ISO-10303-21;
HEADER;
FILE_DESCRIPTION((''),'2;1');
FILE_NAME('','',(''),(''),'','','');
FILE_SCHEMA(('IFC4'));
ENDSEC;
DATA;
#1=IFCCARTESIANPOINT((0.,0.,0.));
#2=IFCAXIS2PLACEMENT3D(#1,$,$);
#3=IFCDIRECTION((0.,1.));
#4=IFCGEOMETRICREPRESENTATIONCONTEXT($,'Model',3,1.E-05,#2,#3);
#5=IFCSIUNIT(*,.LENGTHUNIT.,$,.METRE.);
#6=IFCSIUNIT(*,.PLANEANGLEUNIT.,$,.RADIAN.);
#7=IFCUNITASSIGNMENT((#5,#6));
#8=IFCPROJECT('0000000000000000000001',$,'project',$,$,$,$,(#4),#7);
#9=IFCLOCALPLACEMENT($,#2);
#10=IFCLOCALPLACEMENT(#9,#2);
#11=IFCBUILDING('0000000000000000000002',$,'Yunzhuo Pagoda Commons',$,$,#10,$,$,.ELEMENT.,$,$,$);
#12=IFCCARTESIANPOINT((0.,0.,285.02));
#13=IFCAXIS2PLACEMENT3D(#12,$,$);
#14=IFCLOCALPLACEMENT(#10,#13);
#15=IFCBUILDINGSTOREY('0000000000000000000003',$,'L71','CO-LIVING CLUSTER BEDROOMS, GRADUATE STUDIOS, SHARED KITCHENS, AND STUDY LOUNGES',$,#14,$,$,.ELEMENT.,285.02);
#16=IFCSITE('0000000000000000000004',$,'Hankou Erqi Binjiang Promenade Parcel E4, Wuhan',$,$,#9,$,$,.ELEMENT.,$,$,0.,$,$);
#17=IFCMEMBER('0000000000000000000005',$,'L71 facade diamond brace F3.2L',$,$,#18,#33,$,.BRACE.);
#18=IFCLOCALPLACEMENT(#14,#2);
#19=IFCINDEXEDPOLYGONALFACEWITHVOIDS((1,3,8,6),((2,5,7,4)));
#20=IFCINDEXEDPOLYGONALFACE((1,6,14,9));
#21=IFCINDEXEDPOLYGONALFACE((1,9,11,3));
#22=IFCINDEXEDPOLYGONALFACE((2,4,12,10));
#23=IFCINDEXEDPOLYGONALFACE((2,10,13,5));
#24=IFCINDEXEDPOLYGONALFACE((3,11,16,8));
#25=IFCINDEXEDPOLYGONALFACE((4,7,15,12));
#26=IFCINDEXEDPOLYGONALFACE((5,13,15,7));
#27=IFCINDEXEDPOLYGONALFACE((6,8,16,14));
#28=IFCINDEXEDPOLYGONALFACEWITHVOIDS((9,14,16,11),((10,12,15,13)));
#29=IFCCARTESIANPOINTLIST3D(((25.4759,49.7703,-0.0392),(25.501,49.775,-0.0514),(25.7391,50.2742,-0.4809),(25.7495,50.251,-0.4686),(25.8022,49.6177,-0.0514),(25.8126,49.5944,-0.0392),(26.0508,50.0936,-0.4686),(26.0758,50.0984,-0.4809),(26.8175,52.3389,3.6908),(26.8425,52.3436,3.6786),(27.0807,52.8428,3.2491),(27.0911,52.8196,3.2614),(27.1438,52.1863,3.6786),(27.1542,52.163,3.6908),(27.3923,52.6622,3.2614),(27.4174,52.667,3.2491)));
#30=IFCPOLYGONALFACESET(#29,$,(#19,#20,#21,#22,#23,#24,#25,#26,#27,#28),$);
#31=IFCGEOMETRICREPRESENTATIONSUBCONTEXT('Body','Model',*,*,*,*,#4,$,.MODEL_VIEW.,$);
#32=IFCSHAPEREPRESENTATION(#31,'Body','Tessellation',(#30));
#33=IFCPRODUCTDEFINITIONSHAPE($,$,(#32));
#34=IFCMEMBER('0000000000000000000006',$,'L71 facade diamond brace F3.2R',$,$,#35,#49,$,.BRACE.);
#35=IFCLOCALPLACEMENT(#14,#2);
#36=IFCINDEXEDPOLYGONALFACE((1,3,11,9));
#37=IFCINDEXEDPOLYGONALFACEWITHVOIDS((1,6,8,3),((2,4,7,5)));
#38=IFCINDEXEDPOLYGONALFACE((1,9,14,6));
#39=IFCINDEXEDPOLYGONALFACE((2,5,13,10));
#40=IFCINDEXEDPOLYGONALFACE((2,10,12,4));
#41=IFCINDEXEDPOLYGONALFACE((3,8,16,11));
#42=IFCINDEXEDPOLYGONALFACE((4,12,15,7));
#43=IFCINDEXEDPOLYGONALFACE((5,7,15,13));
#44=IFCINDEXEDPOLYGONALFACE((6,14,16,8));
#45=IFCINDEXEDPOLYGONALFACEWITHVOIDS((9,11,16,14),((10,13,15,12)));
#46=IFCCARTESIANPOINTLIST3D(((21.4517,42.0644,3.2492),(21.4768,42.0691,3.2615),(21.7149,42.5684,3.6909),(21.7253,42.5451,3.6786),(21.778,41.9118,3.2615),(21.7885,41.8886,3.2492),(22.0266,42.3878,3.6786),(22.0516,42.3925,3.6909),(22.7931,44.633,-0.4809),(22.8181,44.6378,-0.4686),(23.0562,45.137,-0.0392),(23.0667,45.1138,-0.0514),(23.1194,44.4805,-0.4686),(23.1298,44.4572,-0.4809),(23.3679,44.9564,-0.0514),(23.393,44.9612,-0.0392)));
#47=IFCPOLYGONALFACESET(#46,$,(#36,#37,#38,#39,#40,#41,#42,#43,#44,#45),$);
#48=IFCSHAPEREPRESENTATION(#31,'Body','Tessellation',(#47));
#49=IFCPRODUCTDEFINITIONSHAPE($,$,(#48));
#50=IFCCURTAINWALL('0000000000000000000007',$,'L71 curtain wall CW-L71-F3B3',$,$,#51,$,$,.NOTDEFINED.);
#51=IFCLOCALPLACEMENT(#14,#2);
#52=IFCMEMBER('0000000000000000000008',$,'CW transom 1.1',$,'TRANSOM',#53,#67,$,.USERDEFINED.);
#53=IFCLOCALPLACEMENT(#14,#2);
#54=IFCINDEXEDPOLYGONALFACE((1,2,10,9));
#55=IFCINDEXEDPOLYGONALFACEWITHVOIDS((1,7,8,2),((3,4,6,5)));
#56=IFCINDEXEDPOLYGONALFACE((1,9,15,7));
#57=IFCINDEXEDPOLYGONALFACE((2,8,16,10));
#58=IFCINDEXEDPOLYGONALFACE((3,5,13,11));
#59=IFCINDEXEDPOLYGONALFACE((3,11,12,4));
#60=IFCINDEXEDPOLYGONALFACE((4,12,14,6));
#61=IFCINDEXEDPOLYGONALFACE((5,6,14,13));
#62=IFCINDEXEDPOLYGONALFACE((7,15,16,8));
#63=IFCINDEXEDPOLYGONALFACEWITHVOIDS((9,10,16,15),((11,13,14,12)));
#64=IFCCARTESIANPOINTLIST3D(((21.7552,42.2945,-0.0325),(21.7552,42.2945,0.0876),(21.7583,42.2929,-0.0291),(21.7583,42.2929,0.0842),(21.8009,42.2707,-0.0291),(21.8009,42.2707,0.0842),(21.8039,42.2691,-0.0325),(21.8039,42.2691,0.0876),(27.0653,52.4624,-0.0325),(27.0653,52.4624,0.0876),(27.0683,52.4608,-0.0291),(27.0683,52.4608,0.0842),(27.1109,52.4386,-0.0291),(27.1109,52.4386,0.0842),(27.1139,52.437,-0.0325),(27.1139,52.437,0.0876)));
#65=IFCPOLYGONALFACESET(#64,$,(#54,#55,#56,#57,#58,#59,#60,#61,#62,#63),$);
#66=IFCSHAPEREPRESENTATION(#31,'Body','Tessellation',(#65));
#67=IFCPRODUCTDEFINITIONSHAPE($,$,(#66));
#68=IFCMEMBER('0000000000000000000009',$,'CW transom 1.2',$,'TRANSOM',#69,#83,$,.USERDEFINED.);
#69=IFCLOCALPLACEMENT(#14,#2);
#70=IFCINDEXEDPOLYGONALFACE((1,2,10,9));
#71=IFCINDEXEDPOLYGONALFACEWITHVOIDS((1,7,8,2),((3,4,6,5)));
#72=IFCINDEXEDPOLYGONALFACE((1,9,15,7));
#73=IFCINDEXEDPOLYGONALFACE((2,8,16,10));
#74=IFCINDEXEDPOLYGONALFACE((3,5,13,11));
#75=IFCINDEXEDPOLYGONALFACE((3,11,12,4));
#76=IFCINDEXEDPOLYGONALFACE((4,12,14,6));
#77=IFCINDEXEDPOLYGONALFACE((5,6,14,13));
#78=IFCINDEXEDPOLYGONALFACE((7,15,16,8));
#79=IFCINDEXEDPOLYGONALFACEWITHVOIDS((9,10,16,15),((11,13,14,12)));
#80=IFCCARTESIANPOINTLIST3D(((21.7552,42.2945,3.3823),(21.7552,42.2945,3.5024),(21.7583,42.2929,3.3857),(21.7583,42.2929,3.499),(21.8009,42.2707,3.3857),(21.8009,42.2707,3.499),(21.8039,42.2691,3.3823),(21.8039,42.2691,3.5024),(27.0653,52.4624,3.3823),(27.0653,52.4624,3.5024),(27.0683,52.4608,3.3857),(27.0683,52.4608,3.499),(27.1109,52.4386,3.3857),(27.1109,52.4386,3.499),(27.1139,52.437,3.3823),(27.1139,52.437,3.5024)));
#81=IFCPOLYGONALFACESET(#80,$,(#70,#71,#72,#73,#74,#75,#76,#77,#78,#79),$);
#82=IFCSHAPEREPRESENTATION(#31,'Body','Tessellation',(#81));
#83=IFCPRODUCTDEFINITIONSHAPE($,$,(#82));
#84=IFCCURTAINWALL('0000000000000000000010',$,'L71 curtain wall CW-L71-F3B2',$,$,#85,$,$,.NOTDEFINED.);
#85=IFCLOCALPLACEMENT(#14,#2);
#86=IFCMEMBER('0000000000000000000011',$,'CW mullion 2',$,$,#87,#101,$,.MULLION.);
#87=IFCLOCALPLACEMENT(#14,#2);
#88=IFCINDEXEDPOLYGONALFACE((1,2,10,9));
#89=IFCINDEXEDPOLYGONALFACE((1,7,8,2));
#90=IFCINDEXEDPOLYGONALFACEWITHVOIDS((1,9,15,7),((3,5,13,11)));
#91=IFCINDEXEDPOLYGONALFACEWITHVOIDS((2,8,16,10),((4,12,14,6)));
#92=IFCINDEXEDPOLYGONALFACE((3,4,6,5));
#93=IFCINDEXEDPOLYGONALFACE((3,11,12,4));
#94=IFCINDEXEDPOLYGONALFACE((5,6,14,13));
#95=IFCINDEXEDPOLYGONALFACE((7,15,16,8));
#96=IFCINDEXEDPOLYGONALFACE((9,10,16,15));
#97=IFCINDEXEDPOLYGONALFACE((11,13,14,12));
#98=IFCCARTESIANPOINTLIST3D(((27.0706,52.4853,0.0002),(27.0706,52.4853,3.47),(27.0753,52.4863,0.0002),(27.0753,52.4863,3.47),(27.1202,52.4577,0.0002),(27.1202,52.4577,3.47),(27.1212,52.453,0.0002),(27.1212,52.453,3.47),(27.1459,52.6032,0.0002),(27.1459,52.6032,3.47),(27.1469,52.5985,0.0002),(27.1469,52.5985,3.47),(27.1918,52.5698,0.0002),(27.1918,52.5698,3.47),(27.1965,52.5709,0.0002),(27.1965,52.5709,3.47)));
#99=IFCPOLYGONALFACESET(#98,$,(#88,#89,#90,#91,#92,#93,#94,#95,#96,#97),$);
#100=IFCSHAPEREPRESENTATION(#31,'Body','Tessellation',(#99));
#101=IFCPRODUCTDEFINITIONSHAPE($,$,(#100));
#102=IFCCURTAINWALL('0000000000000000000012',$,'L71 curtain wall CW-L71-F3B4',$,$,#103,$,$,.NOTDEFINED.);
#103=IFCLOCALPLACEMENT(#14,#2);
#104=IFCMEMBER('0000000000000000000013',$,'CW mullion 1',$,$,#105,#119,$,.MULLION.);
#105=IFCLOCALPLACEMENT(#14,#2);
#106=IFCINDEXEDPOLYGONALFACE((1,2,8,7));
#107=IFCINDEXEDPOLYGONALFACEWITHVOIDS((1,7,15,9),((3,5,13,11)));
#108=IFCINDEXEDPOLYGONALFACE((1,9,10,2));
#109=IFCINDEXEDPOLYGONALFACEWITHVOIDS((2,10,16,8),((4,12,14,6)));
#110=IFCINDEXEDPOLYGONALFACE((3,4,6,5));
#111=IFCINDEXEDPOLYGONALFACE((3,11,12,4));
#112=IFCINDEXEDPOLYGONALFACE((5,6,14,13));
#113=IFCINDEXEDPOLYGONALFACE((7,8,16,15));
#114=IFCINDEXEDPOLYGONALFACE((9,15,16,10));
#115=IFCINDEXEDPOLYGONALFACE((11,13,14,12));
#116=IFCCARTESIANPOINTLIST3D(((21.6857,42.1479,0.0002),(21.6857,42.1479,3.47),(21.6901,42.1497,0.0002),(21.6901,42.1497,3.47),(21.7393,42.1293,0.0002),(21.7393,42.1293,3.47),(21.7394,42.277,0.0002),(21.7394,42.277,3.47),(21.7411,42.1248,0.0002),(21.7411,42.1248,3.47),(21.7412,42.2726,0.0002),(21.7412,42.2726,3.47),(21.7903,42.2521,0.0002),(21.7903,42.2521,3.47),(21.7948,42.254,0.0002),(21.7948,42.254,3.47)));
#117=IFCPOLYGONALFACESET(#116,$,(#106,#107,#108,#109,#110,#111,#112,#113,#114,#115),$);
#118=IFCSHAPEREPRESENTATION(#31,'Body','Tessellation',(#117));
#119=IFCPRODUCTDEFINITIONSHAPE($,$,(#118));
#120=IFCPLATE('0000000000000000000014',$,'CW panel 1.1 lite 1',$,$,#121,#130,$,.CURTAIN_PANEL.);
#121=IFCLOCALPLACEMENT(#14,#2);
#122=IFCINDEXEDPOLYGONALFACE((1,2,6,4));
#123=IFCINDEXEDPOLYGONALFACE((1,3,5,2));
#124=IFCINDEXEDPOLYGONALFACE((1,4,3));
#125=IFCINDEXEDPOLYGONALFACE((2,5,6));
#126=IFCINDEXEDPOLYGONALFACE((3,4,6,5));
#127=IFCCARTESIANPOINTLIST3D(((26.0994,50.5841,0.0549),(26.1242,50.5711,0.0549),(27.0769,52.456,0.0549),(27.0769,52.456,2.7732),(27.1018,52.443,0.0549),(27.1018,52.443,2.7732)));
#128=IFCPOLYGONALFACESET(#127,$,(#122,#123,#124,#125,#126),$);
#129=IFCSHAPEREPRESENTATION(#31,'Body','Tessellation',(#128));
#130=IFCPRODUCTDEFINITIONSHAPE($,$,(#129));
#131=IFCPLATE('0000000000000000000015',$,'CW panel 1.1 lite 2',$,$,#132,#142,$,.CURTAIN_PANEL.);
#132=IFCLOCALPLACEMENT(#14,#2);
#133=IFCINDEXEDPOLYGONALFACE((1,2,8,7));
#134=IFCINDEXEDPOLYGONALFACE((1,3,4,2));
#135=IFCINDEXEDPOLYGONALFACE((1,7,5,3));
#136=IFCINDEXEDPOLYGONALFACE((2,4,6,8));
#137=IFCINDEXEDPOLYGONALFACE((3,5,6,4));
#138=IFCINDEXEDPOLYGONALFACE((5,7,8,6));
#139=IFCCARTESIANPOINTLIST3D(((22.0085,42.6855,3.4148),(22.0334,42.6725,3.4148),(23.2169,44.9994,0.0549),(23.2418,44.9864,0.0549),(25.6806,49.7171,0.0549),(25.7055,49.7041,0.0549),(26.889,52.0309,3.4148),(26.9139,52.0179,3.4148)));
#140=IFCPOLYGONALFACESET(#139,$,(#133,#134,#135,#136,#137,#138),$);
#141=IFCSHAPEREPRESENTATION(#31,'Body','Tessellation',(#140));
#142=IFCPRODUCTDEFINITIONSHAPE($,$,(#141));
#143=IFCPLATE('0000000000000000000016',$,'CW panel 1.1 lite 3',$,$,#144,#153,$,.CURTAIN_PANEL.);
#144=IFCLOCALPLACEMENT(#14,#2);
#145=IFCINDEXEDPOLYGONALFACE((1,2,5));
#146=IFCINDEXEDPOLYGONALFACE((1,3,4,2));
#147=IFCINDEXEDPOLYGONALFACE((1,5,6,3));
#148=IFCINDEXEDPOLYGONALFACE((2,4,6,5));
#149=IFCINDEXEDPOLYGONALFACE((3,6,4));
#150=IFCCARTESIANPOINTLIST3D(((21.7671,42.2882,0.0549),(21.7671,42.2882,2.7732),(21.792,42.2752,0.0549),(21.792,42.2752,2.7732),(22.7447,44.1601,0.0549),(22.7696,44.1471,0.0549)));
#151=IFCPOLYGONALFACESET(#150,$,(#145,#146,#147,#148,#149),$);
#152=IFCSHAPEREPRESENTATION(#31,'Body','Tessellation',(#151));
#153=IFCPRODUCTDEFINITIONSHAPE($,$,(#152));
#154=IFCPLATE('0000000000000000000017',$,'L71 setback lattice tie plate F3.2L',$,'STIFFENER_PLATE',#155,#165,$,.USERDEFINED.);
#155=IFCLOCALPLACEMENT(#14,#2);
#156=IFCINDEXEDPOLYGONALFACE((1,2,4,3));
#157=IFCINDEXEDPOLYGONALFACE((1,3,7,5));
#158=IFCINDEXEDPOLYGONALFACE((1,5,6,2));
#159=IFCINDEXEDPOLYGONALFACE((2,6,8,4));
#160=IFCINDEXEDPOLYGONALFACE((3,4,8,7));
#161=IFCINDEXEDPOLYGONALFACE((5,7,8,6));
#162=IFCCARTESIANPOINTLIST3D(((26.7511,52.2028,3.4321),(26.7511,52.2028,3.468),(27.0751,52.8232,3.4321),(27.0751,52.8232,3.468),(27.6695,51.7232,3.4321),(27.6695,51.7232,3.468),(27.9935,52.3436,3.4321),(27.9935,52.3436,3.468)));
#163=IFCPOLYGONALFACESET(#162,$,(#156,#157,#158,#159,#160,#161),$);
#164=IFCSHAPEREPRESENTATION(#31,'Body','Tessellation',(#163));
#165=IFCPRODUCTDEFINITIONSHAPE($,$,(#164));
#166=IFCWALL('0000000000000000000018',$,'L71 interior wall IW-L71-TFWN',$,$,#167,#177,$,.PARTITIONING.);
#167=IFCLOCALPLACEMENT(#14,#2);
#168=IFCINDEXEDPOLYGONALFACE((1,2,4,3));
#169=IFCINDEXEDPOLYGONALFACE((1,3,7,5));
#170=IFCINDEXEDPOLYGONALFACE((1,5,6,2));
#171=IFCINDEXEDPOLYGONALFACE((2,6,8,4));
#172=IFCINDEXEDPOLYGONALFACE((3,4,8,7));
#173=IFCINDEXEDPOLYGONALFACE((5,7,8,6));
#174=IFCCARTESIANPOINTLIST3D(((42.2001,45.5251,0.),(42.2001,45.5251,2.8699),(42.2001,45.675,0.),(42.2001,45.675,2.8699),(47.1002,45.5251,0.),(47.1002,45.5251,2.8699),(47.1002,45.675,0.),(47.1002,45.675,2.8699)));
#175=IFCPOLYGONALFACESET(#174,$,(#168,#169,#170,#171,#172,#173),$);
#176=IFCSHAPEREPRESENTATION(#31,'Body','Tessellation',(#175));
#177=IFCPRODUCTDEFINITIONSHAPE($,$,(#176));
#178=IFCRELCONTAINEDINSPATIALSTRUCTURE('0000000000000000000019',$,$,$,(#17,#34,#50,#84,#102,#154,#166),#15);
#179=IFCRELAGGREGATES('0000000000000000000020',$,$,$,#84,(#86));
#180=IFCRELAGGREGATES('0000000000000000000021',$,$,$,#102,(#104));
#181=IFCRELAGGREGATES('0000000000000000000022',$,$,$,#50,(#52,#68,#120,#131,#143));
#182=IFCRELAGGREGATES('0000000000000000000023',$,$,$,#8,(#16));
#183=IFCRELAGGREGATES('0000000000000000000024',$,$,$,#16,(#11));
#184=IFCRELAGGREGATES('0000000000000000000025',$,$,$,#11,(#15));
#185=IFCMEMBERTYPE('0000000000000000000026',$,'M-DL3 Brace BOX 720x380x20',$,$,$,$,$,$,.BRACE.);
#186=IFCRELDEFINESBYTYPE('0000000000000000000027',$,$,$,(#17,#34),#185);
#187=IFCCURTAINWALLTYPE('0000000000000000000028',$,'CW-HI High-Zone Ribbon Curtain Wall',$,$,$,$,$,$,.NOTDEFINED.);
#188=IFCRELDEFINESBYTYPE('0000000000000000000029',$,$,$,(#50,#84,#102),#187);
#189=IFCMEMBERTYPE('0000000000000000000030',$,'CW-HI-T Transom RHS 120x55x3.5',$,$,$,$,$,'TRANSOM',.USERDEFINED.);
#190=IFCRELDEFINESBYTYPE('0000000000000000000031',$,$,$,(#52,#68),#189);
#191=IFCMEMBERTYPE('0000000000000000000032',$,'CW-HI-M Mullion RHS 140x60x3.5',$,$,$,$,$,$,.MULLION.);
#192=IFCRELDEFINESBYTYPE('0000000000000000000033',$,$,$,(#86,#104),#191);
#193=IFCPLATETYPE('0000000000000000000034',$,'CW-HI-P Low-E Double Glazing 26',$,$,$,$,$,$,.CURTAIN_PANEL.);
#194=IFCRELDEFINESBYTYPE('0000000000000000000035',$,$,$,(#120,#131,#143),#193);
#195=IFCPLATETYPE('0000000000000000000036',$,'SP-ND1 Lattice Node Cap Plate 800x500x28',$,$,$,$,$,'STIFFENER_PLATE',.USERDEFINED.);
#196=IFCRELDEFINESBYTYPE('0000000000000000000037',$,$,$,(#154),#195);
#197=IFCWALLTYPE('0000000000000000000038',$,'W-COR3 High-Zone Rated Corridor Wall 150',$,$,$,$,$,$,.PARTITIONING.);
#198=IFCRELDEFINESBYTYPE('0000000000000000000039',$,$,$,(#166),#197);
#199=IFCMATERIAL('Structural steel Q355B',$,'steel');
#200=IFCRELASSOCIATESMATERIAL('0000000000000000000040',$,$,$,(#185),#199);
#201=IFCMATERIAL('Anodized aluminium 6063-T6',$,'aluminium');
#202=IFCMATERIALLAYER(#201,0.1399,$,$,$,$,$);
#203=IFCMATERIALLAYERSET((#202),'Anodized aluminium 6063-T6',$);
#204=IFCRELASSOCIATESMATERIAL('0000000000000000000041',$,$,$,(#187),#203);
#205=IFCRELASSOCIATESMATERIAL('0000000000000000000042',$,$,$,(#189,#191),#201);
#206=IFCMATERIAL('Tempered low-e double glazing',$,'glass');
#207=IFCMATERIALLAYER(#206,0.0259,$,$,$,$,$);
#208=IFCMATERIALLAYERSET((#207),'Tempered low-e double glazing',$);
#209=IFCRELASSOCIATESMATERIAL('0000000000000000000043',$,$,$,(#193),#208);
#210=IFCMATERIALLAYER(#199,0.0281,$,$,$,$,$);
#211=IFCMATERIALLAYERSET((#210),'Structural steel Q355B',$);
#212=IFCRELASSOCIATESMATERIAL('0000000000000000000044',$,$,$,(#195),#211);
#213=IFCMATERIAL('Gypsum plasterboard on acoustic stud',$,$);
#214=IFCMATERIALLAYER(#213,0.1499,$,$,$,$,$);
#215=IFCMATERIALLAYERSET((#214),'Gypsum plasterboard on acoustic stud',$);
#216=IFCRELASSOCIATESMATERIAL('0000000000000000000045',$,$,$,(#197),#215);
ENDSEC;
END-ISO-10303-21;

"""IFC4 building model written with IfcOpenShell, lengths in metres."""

from ifc_helpers import new_model, si_unit, direction, frame, frame_2d, origin, origin_2d, place, context, subcontext, project, spatial, polyline, rectangle, hollow_rectangle, outline, extrude, source, transform, mapped, material, layer, layer_set, material_profile, profile_set, type_object, element, aggregate, save


model = new_model("IFC4")

# Units and contexts
model_context = context("Model", 3, precision=1e-05, world=origin(), true_north=direction((0.0, 1.0)))
body_context = subcontext(model_context, "Body", "Model", "MODEL_VIEW")
ifc_project = project(units=[si_unit("LENGTHUNIT", "METRE"), si_unit("PLANEANGLEUNIT", "RADIAN")], contexts=[model_context])

# Site, building, storey
site_placement = place(None, origin())
site = spatial("IfcSite", under=ifc_project, at=site_placement, Name="Hankou Erqi Binjiang Promenade Parcel E4, Wuhan", CompositionType="ELEMENT", RefElevation=0.0)
building_placement = place(site_placement, origin())
building = spatial("IfcBuilding", under=site, at=building_placement, Name="Yunzhuo Pagoda Commons", CompositionType="ELEMENT")
storey_placement = place(building_placement, frame((0.0, 0.0, 285.02)))
storey = spatial("IfcBuildingStorey", under=building, at=storey_placement, Name="L71", Description="CO-LIVING CLUSTER BEDROOMS, GRADUATE STUDIOS, SHARED KITCHENS, AND STUDY LOUNGES", CompositionType="ELEMENT", Elevation=285.02)

# Shared definitions
ifc_material_1 = material(Name="Structural steel Q355B", Category="steel")

# Members
ifc_material_profile_1 = material_profile(ifc_material_1, hollow_rectangle(XDim=0.3799, YDim=0.72, WallThickness=0.02, at=origin_2d()), Name="Structural steel Q355B")
ifc_profile_set_1 = profile_set([ifc_material_profile_1], Name="Structural steel Q355B")
member_type_1 = type_object("IfcMemberType", Name="M-DL3 Brace BOX 720x380x20", PredefinedType="BRACE", material=ifc_profile_set_1)
shared_shape_1 = source(origin(), body_context, "Body", "SweptSolid", [
    extrude(hollow_rectangle(XDim=0.3799, YDim=0.72, WallThickness=0.02, at=origin_2d()), origin(), (0.0, 0.0, 1.0), 4.7234),
])
for number, where, z_axis, x_axis, name in (
    (1, (25.7759, 49.9343, -0.26), (0.284024, 0.543807, 0.789686), (-0.886385, 0.462949, 0.0), "L71 facade diamond brace F3.2L"),
    (2, (23.093, 44.7971, -0.26), (-0.283977, -0.543815, 0.789698), (0.88642, -0.462883, 0.0), "L71 facade diamond brace F3.2R"),
):
    element("IfcMember", number, at=place(storey_placement, frame(where, z_axis=z_axis, x_axis=x_axis)), inside=storey, type_object=member_type_1, Name=name, PredefinedType="BRACE", context=body_context, shape_type="MappedRepresentation", body=[
        mapped(shared_shape_1, transform((0.0, 0.0, 0.0), scale=1.0)),
    ])

# Curtain wall, members
ifc_material_2 = material(Name="Anodized aluminium 6063-T6", Category="aluminium")
ifc_layer_1 = layer(ifc_material_2, 0.1399)
ifc_layer_set_1 = layer_set([ifc_layer_1], Name="Anodized aluminium 6063-T6")
curtain_wall_type = type_object("IfcCurtainWallType", Name="CW-HI High-Zone Ribbon Curtain Wall", PredefinedType="NOTDEFINED", material=ifc_layer_set_1)
curtain_wall_1_placement = place(storey_placement, origin())
curtain_wall_1 = element("IfcCurtainWall", 3, at=curtain_wall_1_placement, inside=storey, type_object=curtain_wall_type, Name="L71 curtain wall CW-L71-F3B3", PredefinedType="NOTDEFINED")
ifc_material_profile_2 = material_profile(ifc_material_2, hollow_rectangle(XDim=0.0549, YDim=0.1201, WallThickness=0.0034, at=origin_2d()), Name="Anodized aluminium 6063-T6")
ifc_profile_set_2 = profile_set([ifc_material_profile_2], Name="Anodized aluminium 6063-T6")
member_type_2 = type_object("IfcMemberType", Name="CW-HI-T Transom RHS 120x55x3.5", ElementType="TRANSOM", PredefinedType="USERDEFINED", material=ifc_profile_set_2)
shared_shape_2 = source(origin(), body_context, "Body", "SweptSolid", [
    extrude(hollow_rectangle(XDim=0.0549, YDim=0.1201, WallThickness=0.0034, at=origin_2d()), origin(), (0.0, 0.0, 1.0), 11.4709),
])
member_1_placement = place(storey_placement, frame((27.0896, 52.4497, 0.0276), z_axis=(-0.462911, -0.886405, 0.0), x_axis=(0.886405, -0.462911, 0.0)))
member_1 = element("IfcMember", 4, at=member_1_placement, type_object=member_type_2, Name="CW transom 1.1", ObjectType="TRANSOM", PredefinedType="USERDEFINED", context=body_context, shape_type="MappedRepresentation", body=[
    mapped(shared_shape_2, transform((0.0, 0.0, 0.0), scale=1.0)),
])
member_2_placement = place(storey_placement, frame((27.0896, 52.4497, 3.4424), z_axis=(-0.462911, -0.886405, 0.0), x_axis=(0.886405, -0.462911, 0.0)))
member_2 = element("IfcMember", 5, at=member_2_placement, type_object=member_type_2, Name="CW transom 1.2", ObjectType="TRANSOM", PredefinedType="USERDEFINED", context=body_context, shape_type="MappedRepresentation", body=[
    mapped(shared_shape_2, transform((0.0, 0.0, 0.0), scale=1.0)),
])

# Curtain walls, members
curtain_wall_2_placement = place(storey_placement, origin())
curtain_wall_2 = element("IfcCurtainWall", 6, at=curtain_wall_2_placement, inside=storey, type_object=curtain_wall_type, Name="L71 curtain wall CW-L71-F3B2", PredefinedType="NOTDEFINED")
ifc_material_profile_3 = material_profile(ifc_material_2, hollow_rectangle(XDim=0.0601, YDim=0.1399, WallThickness=0.0034, at=origin_2d()), Name="Anodized aluminium 6063-T6")
ifc_profile_set_3 = profile_set([ifc_material_profile_3], Name="Anodized aluminium 6063-T6")
member_type_3 = type_object("IfcMemberType", Name="CW-HI-M Mullion RHS 140x60x3.5", PredefinedType="MULLION", material=ifc_profile_set_3)
shared_shape_3 = source(origin(), body_context, "Body", "SweptSolid", [
    extrude(hollow_rectangle(XDim=0.0601, YDim=0.1399, WallThickness=0.0034, at=origin_2d()), origin(), (0.0, 0.0, 1.0), 3.4697),
])
member_3_placement = place(storey_placement, frame((27.1335, 52.5281, 0.0002), z_axis=(0.0, 0.0, 1.0), x_axis=(0.842779, -0.53826, 0.0)))
member_3 = element("IfcMember", 7, at=member_3_placement, type_object=member_type_3, Name="CW mullion 2", PredefinedType="MULLION", context=body_context, shape_type="MappedRepresentation", body=[
    mapped(shared_shape_3, transform((0.0, 0.0, 0.0), scale=1.0)),
])
aggregate(curtain_wall_2, [member_3])
curtain_wall_3_placement = place(storey_placement, origin())
curtain_wall_3 = element("IfcCurtainWall", 8, at=curtain_wall_3_placement, inside=storey, type_object=curtain_wall_type, Name="L71 curtain wall CW-L71-F3B4", PredefinedType="NOTDEFINED")
member_4_placement = place(storey_placement, frame((21.7402, 42.2009, 0.0002), z_axis=(0.0, 0.0, 1.0), x_axis=(0.923394, -0.383855, 0.0)))
member_4 = element("IfcMember", 9, at=member_4_placement, type_object=member_type_3, Name="CW mullion 1", PredefinedType="MULLION", context=body_context, shape_type="MappedRepresentation", body=[
    mapped(shared_shape_3, transform((0.0, 0.0, 0.0), scale=1.0)),
])
aggregate(curtain_wall_3, [member_4])

# Plates
ifc_material_3 = material(Name="Tempered low-e double glazing", Category="glass")
ifc_layer_2 = layer(ifc_material_3, 0.0259)
ifc_layer_set_2 = layer_set([ifc_layer_2], Name="Tempered low-e double glazing")
plate_type_1 = type_object("IfcPlateType", Name="CW-HI-P Low-E Double Glazing 26", PredefinedType="CURTAIN_PANEL", material=ifc_layer_set_2)
plate_1_placement = place(storey_placement, frame((26.613, 51.5071, 1.4141), z_axis=(-0.886404, 0.462912, 0.0), x_axis=(-0.462912, -0.886404, 0.0)))
plate_1 = element("IfcPlate", 10, at=plate_1_placement, type_object=plate_type_1, Name="CW panel 1.1 lite 1", PredefinedType="CURTAIN_PANEL", context=body_context, shape_type="SweptSolid", body=[
    extrude(outline(polyline([(-1.0559, -1.3591), (1.0559, -1.3591), (-1.0559, 1.3591), (-1.0559, -1.3591)])), origin(), (0.0, 0.0, 1.0), 0.0281),
])
plate_2_placement = place(storey_placement, frame((24.4736, 47.3452, 1.7349), z_axis=(-0.886404, 0.462912, 0.0), x_axis=(-0.462912, -0.886404, 0.0)))
plate_2 = element("IfcPlate", 11, at=plate_2_placement, type_object=plate_type_1, Name="CW panel 1.1 lite 2", PredefinedType="CURTAIN_PANEL", context=body_context, shape_type="SweptSolid", body=[
    extrude(outline(polyline([(-5.2715, 1.6799), (-2.6611, -1.6799), (2.6611, -1.6799), (5.2715, 1.6799), (-5.2715, 1.6799)])), origin(), (0.0, 0.0, 1.0), 0.0281),
])
plate_3_placement = place(storey_placement, frame((22.2808, 43.2112, 1.4141), z_axis=(-0.886404, 0.462912, 0.0), x_axis=(-0.462912, -0.886404, 0.0)))
plate_3 = element("IfcPlate", 12, at=plate_3_placement, type_object=plate_type_1, Name="CW panel 1.1 lite 3", PredefinedType="CURTAIN_PANEL", context=body_context, shape_type="SweptSolid", body=[
    extrude(outline(polyline([(-1.0559, -1.3591), (1.0559, -1.3591), (1.0559, 1.3591), (-1.0559, -1.3591)])), origin(), (0.0, 0.0, 1.0), 0.0281),
])
aggregate(curtain_wall_1, [member_1, member_2, plate_1, plate_2, plate_3])
ifc_layer_3 = layer(ifc_material_1, 0.0281)
ifc_layer_set_3 = layer_set([ifc_layer_3], Name="Structural steel Q355B")
plate_type_2 = type_object("IfcPlateType", Name="SP-ND1 Lattice Node Cap Plate 800x500x28", ElementType="STIFFENER_PLATE", PredefinedType="USERDEFINED", material=ifc_layer_set_3)
shared_shape_4 = source(origin(), body_context, "Body", "SweptSolid", [
    extrude(rectangle(XDim=0.7, YDim=1.0361, at=origin_2d()), origin(), (0.0, 0.0, 1.0), 0.0359),
])
plate_4_placement = place(storey_placement, frame((27.3723, 52.2732, 3.4321), z_axis=(0.0, 0.0, 1.0), x_axis=(-0.462909, -0.886406, 0.0)))
element("IfcPlate", 13, at=plate_4_placement, inside=storey, type_object=plate_type_2, Name="L71 setback lattice tie plate F3.2L", ObjectType="STIFFENER_PLATE", PredefinedType="USERDEFINED", context=body_context, shape_type="MappedRepresentation", body=[
    mapped(shared_shape_4, transform((0.0, 0.0, 0.0), scale=1.0)),
])

# Wall
ifc_material_4 = material(Name="Gypsum plasterboard on acoustic stud")
ifc_layer_4 = layer(ifc_material_4, 0.1499)
ifc_layer_set_4 = layer_set([ifc_layer_4], Name="Gypsum plasterboard on acoustic stud")
wall_type_1 = type_object("IfcWallType", Name="W-COR3 High-Zone Rated Corridor Wall 150", PredefinedType="PARTITIONING", material=ifc_layer_set_4)
wall_1_placement = place(storey_placement, frame((42.2, 45.6001, 0.0), z_axis=(0.0, 0.0, 1.0), x_axis=(1.0, 0.0, 0.0)))
element("IfcWall", 14, at=wall_1_placement, inside=storey, type_object=wall_type_1, Name="L71 interior wall IW-L71-TFWN", PredefinedType="PARTITIONING", context=body_context, shape_type="SweptSolid", body=[
    extrude(rectangle(XDim=4.9001, YDim=0.1499, at=frame_2d((2.4502, 0.0))), origin(), (0.0, 0.0, 1.0), 2.8699),
])

save(model, "model.ifc")
